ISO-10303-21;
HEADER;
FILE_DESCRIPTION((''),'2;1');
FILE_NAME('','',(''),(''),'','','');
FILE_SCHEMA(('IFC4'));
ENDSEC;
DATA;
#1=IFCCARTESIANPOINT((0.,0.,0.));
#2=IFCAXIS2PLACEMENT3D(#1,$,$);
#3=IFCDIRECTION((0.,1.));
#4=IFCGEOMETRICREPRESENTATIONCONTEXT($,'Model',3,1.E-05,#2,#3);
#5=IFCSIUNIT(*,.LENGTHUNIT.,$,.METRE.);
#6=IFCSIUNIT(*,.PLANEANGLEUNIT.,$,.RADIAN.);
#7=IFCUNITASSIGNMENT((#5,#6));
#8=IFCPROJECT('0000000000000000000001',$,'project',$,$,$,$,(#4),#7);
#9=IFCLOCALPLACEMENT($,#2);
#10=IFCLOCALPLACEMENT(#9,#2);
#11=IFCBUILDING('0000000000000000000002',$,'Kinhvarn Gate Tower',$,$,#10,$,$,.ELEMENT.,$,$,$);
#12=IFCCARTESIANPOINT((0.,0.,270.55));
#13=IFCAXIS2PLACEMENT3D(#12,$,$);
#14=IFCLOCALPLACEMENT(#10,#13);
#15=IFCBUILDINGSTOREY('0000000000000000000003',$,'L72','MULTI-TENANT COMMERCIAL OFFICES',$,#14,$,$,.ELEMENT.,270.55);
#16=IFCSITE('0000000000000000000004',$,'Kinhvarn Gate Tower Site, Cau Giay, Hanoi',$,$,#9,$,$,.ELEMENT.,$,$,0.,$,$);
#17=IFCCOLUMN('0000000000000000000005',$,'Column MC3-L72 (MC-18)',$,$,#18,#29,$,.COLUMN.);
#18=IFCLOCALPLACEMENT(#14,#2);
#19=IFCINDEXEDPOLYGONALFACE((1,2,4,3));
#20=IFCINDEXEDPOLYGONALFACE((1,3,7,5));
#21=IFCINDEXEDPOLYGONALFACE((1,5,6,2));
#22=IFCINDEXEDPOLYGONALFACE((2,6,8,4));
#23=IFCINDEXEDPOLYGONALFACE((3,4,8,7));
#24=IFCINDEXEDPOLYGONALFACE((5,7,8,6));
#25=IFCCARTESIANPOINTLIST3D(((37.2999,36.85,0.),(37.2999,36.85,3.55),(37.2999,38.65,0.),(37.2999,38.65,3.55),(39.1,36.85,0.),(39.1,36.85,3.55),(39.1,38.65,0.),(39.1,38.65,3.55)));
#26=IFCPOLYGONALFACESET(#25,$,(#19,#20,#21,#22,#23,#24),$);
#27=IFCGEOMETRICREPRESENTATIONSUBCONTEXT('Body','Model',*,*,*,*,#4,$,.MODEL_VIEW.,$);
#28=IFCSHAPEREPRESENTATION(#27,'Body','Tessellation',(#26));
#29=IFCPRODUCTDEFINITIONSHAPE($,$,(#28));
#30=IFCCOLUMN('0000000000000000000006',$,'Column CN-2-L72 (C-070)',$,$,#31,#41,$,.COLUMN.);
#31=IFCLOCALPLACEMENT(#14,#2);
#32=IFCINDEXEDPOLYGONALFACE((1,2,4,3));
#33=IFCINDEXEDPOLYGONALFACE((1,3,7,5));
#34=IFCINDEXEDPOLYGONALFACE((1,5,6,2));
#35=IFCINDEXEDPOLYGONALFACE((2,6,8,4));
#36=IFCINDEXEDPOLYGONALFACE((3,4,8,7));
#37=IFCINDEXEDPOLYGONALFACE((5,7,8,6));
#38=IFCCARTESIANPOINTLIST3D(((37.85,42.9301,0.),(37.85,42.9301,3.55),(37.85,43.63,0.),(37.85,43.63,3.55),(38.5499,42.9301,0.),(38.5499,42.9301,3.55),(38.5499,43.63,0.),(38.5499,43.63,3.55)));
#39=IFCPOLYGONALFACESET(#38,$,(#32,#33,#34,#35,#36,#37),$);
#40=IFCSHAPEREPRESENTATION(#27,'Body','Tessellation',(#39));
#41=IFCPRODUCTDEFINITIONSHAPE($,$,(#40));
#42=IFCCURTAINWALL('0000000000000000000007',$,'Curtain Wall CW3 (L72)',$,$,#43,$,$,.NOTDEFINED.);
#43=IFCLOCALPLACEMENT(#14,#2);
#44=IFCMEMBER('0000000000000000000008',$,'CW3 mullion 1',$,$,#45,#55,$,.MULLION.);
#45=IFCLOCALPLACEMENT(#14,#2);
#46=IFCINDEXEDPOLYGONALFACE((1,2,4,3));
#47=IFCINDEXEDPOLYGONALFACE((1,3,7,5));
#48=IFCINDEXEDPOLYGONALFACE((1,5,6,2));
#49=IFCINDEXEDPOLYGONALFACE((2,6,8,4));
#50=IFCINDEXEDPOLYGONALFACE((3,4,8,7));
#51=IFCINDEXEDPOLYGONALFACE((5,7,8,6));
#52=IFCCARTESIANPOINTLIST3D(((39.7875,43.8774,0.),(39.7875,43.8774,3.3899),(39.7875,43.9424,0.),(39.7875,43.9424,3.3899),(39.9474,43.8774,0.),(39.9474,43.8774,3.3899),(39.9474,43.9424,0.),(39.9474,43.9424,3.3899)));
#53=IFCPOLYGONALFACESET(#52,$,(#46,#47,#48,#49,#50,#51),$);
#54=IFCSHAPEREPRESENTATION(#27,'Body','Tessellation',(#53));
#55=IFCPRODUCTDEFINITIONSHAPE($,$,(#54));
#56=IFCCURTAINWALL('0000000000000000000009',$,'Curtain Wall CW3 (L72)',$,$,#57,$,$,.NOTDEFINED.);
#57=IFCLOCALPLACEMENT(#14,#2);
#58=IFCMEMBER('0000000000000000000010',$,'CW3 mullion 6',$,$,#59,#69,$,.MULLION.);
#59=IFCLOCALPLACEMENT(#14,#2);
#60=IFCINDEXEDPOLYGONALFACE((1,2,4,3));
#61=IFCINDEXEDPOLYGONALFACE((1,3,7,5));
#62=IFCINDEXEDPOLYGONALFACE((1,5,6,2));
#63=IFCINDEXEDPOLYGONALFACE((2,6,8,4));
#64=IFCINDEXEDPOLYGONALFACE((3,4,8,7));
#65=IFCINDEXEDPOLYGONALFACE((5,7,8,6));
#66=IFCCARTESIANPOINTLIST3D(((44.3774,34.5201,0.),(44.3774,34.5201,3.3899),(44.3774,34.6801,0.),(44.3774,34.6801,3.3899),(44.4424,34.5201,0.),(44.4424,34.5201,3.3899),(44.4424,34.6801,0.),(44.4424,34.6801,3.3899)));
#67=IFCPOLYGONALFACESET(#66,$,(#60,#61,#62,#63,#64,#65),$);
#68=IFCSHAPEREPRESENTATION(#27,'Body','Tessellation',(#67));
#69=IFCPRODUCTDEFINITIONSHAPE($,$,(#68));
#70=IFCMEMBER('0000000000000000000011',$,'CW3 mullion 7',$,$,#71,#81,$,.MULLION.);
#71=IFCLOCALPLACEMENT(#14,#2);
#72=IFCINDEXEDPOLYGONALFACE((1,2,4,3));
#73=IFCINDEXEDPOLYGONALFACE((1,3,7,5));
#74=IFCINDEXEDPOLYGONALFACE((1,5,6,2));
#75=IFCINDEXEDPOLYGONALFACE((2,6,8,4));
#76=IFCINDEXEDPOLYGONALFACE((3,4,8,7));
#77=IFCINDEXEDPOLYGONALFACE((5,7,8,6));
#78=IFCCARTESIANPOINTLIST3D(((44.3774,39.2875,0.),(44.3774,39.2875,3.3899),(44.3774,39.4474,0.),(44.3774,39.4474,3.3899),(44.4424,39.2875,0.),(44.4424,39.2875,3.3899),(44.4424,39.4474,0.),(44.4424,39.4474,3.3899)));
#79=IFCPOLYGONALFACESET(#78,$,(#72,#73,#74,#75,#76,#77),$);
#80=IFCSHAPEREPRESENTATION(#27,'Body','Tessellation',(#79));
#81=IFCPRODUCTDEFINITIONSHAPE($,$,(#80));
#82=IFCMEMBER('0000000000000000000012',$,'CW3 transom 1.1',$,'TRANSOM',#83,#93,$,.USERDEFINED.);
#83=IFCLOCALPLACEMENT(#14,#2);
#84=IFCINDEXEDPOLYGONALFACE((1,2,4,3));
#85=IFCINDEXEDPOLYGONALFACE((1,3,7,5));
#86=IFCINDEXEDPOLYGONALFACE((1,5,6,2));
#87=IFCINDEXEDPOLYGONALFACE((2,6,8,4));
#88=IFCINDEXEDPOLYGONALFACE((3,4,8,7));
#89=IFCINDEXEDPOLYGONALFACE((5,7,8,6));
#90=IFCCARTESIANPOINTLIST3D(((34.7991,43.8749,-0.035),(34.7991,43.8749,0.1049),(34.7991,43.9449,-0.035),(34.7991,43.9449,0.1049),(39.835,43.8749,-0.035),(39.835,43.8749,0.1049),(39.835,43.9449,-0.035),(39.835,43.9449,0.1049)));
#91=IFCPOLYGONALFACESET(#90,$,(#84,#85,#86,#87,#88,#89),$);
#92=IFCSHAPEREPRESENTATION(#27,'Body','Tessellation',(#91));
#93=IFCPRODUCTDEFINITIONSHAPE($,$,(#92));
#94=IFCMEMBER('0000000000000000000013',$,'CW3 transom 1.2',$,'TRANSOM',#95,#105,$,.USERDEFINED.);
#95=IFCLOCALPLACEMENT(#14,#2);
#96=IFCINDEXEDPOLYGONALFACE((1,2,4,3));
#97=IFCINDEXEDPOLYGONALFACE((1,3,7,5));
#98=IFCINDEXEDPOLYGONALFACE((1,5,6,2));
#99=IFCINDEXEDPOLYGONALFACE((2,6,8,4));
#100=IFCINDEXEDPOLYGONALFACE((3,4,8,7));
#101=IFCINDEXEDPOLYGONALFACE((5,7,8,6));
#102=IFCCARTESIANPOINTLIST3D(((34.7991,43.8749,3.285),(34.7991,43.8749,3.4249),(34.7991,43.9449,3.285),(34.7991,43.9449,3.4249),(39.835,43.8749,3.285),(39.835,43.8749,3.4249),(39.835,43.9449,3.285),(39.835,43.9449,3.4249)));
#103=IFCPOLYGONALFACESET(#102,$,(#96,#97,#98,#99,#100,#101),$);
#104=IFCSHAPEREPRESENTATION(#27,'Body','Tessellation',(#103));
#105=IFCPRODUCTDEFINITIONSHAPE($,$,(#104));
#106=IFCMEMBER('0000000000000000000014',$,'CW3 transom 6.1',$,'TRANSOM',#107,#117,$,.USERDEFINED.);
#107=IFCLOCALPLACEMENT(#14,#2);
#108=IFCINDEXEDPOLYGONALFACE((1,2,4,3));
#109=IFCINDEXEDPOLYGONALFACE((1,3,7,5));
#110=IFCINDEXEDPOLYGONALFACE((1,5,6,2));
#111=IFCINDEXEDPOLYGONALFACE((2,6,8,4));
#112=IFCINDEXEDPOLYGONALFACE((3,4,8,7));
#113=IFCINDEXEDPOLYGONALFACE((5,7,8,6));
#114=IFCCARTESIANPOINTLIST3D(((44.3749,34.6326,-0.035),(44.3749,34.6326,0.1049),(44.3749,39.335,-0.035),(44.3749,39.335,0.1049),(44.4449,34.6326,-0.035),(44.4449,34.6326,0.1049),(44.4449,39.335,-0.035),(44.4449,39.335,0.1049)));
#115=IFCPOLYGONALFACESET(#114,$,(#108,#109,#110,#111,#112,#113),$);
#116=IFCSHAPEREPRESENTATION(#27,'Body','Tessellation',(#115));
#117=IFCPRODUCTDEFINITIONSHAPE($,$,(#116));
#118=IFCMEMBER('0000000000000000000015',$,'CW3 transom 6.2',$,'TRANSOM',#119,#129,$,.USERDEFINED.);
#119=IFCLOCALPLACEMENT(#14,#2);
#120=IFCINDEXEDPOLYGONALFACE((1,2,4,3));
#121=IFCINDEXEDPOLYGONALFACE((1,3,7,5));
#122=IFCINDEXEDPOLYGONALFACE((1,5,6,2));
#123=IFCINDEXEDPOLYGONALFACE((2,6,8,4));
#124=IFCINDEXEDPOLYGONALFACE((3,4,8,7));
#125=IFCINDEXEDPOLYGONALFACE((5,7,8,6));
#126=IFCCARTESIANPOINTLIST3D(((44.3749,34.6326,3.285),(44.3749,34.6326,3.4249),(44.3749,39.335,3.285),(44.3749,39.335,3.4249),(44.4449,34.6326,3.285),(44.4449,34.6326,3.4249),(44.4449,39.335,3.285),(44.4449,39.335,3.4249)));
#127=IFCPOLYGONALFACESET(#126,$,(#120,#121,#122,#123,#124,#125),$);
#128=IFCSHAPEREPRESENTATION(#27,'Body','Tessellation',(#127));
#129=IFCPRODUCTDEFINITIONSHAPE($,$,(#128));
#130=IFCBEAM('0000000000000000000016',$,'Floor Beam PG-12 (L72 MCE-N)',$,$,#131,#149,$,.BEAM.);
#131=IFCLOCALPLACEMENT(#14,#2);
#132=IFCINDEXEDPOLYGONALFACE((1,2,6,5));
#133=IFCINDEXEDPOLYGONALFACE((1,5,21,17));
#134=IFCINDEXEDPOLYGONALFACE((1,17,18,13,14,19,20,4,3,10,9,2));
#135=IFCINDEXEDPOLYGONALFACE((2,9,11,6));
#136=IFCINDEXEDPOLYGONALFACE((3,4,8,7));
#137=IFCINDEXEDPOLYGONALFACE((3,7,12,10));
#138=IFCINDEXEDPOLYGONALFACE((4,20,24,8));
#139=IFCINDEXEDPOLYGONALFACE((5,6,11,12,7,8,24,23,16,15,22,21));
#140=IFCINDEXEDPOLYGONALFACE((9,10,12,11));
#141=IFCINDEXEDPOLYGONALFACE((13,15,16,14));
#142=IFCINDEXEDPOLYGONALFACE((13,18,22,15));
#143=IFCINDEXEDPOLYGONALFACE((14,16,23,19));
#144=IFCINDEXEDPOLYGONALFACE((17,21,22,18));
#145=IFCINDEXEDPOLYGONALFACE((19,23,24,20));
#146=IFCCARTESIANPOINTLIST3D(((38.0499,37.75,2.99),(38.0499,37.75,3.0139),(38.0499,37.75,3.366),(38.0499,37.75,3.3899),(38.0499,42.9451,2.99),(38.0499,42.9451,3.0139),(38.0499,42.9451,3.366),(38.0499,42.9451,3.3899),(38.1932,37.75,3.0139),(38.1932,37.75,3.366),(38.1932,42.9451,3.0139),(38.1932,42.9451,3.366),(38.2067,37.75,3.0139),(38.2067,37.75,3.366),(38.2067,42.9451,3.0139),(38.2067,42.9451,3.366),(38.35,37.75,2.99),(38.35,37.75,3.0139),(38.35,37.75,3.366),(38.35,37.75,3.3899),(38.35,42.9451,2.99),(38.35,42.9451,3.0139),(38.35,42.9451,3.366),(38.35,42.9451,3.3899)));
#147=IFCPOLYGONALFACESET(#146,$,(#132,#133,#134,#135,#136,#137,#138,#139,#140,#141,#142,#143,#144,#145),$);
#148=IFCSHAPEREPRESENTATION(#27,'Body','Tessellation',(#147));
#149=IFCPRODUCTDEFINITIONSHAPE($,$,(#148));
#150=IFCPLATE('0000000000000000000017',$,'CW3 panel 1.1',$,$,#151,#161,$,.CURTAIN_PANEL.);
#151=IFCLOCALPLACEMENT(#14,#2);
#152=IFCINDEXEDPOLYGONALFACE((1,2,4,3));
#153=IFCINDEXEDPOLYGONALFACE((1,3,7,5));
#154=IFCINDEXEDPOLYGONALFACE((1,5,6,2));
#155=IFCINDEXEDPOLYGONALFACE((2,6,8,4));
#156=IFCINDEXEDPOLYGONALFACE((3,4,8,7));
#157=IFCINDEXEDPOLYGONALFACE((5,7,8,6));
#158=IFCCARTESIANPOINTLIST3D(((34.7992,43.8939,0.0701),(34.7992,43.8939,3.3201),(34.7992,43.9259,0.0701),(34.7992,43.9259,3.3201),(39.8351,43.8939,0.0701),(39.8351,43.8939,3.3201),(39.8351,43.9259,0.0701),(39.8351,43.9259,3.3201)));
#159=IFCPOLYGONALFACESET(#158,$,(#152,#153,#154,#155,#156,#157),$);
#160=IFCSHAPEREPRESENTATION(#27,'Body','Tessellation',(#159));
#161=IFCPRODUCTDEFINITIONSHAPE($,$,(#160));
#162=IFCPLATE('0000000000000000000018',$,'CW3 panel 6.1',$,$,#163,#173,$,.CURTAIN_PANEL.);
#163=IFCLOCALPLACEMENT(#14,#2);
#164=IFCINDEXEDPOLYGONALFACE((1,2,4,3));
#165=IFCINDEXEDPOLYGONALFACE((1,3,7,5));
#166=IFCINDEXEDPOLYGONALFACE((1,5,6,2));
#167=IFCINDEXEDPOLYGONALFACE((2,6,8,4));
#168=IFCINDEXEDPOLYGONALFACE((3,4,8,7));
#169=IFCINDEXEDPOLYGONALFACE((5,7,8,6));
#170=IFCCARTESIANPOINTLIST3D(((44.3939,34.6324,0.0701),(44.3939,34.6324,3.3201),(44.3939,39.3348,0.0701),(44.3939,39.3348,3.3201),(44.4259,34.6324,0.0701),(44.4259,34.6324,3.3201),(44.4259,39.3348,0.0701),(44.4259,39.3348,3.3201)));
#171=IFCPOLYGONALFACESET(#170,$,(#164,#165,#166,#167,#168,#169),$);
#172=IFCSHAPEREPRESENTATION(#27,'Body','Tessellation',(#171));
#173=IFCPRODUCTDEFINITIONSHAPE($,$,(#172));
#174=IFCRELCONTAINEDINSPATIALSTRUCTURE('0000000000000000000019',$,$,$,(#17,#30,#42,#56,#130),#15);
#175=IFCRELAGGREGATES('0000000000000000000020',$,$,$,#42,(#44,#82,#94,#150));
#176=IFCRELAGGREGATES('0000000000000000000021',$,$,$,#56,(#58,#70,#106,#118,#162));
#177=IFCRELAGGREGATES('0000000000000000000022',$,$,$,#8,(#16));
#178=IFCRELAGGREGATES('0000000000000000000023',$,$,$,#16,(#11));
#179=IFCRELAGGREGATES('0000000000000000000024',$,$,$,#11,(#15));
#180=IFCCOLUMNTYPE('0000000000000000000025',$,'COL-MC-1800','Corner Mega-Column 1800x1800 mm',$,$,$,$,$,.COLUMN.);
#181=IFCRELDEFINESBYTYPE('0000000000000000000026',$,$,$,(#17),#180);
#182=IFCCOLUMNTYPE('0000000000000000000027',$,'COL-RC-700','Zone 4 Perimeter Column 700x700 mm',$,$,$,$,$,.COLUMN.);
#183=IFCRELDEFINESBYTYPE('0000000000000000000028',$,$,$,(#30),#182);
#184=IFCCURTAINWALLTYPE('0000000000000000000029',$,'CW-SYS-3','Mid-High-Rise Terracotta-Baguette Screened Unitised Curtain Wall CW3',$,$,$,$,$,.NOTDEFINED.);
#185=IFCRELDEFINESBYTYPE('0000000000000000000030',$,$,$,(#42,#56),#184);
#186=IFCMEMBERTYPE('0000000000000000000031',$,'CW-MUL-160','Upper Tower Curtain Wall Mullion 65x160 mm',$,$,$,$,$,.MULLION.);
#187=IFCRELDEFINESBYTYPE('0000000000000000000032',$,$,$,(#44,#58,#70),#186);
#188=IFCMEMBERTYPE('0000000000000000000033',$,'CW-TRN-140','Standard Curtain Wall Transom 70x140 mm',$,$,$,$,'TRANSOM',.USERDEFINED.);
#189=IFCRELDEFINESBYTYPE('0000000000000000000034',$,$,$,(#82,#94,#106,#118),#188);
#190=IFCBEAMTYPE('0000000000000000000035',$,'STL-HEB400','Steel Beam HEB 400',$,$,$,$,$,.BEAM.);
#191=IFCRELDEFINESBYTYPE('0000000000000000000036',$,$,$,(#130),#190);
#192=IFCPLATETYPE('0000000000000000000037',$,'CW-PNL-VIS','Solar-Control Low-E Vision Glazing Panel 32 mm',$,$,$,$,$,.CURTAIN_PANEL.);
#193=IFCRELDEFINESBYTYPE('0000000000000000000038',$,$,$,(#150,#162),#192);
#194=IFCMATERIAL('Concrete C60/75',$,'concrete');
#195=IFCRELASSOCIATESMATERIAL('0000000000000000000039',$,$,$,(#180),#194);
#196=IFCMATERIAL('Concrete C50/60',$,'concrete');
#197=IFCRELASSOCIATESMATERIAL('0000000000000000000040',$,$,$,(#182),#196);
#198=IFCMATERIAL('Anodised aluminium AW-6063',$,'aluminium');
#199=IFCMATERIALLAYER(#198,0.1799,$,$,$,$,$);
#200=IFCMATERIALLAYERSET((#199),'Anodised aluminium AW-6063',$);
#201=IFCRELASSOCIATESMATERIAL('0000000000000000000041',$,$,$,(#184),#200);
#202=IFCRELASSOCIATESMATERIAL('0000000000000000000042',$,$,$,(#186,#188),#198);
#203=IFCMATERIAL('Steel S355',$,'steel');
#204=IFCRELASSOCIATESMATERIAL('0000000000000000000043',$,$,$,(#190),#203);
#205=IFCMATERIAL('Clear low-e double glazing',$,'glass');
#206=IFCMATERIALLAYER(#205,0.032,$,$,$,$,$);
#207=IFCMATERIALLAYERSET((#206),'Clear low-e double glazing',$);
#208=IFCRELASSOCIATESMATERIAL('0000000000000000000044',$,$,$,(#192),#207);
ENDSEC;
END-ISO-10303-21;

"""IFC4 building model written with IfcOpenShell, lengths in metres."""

from ifc_helpers import new_model, si_unit, direction, frame, origin, origin_2d, place, context, subcontext, project, spatial, rectangle, i_section, extrude, material, layer, layer_set, material_profile, profile_set, type_object, element, aggregate, save


model = new_model("IFC4")

# Units and contexts
model_context = context("Model", 3, precision=1e-05, world=origin(), true_north=direction((0.0, 1.0)))
body_context = subcontext(model_context, "Body", "Model", "MODEL_VIEW")
ifc_project = project(units=[si_unit("LENGTHUNIT", "METRE"), si_unit("PLANEANGLEUNIT", "RADIAN")], contexts=[model_context])

# Site, building, storey
site_placement = place(None, origin())
site = spatial("IfcSite", under=ifc_project, at=site_placement, Name="Kinhvarn Gate Tower Site, Cau Giay, Hanoi", CompositionType="ELEMENT", RefElevation=0.0)
building_placement = place(site_placement, origin())
building = spatial("IfcBuilding", under=site, at=building_placement, Name="Kinhvarn Gate Tower", CompositionType="ELEMENT")
storey_placement = place(building_placement, frame((0.0, 0.0, 270.55)))
storey = spatial("IfcBuildingStorey", under=building, at=storey_placement, Name="L72", Description="MULTI-TENANT COMMERCIAL OFFICES", CompositionType="ELEMENT", Elevation=270.55)

# Columns
ifc_material_1 = material(Name="Concrete C60/75", Category="concrete")
ifc_material_profile_1 = material_profile(ifc_material_1, rectangle(XDim=1.8, YDim=1.8, at=origin_2d()), Name="RC 1800x1800")
ifc_profile_set_1 = profile_set([ifc_material_profile_1], Name="Concrete C60/75")
column_type_1 = type_object("IfcColumnType", Name="COL-MC-1800", Description="Corner Mega-Column 1800x1800 mm", PredefinedType="COLUMN", material=ifc_profile_set_1)
column_1_placement = place(storey_placement, frame((38.2, 37.75, 0.0), z_axis=(0.0, 0.0, 1.0), x_axis=(1.0, 0.0, 0.0)))
element("IfcColumn", 1, at=column_1_placement, inside=storey, type_object=column_type_1, Name="Column MC3-L72 (MC-18)", PredefinedType="COLUMN", context=body_context, shape_type="SweptSolid", body=[
    extrude(rectangle(XDim=1.8, YDim=1.8, at=origin_2d()), origin(), (0.0, 0.0, 1.0), 3.55),
])
ifc_material_2 = material(Name="Concrete C50/60", Category="concrete")
ifc_material_profile_2 = material_profile(ifc_material_2, rectangle(XDim=0.7, YDim=0.7, at=origin_2d()), Name="RC 700x700")
ifc_profile_set_2 = profile_set([ifc_material_profile_2], Name="Concrete C50/60")
column_type_2 = type_object("IfcColumnType", Name="COL-RC-700", Description="Zone 4 Perimeter Column 700x700 mm", PredefinedType="COLUMN", material=ifc_profile_set_2)
column_2_placement = place(storey_placement, frame((38.2, 43.28, 0.0), z_axis=(0.0, 0.0, 1.0), x_axis=(1.0, 0.0, 0.0)))
element("IfcColumn", 2, at=column_2_placement, inside=storey, type_object=column_type_2, Name="Column CN-2-L72 (C-070)", PredefinedType="COLUMN", context=body_context, shape_type="SweptSolid", body=[
    extrude(rectangle(XDim=0.7, YDim=0.7, at=origin_2d()), origin(), (0.0, 0.0, 1.0), 3.55),
])

# Curtain wall, member
ifc_material_3 = material(Name="Anodised aluminium AW-6063", Category="aluminium")
ifc_layer_1 = layer(ifc_material_3, 0.1799)
ifc_layer_set_1 = layer_set([ifc_layer_1], Name="Anodised aluminium AW-6063")
curtain_wall_type = type_object("IfcCurtainWallType", Name="CW-SYS-3", Description="Mid-High-Rise Terracotta-Baguette Screened Unitised Curtain Wall CW3", PredefinedType="NOTDEFINED", material=ifc_layer_set_1)
curtain_wall_1_placement = place(storey_placement, origin())
curtain_wall_1 = element("IfcCurtainWall", 3, at=curtain_wall_1_placement, inside=storey, type_object=curtain_wall_type, Name="Curtain Wall CW3 (L72)", PredefinedType="NOTDEFINED")
ifc_material_profile_3 = material_profile(ifc_material_3, rectangle(XDim=0.0649, YDim=0.1599, at=origin_2d()), Name="ALU 65x160")
ifc_profile_set_3 = profile_set([ifc_material_profile_3], Name="Anodised aluminium AW-6063")
member_type_1 = type_object("IfcMemberType", Name="CW-MUL-160", Description="Upper Tower Curtain Wall Mullion 65x160 mm", PredefinedType="MULLION", material=ifc_profile_set_3)
member_1_placement = place(storey_placement, frame((39.8674, 43.9099, 0.0), z_axis=(0.0, 0.0, 1.0), x_axis=(0.0, -1.0, 0.0)))
member_1 = element("IfcMember", 4, at=member_1_placement, type_object=member_type_1, Name="CW3 mullion 1", PredefinedType="MULLION", context=body_context, shape_type="SweptSolid", body=[
    extrude(rectangle(XDim=0.0649, YDim=0.1599, at=origin_2d()), origin(), (0.0, 0.0, 1.0), 3.3899),
])

# Curtain wall, members
curtain_wall_2_placement = place(storey_placement, origin())
curtain_wall_2 = element("IfcCurtainWall", 5, at=curtain_wall_2_placement, inside=storey, type_object=curtain_wall_type, Name="Curtain Wall CW3 (L72)", PredefinedType="NOTDEFINED")
member_2_placement = place(storey_placement, frame((44.4099, 34.6001, 0.0), z_axis=(0.0, 0.0, 1.0), x_axis=(-1.0, 0.0, 0.0)))
member_2 = element("IfcMember", 6, at=member_2_placement, type_object=member_type_1, Name="CW3 mullion 6", PredefinedType="MULLION", context=body_context, shape_type="SweptSolid", body=[
    extrude(rectangle(XDim=0.0649, YDim=0.1599, at=origin_2d()), origin(), (0.0, 0.0, 1.0), 3.3899),
])
member_3_placement = place(storey_placement, frame((44.4099, 39.3674, 0.0), z_axis=(0.0, 0.0, 1.0), x_axis=(-1.0, 0.0, 0.0)))
member_3 = element("IfcMember", 7, at=member_3_placement, type_object=member_type_1, Name="CW3 mullion 7", PredefinedType="MULLION", context=body_context, shape_type="SweptSolid", body=[
    extrude(rectangle(XDim=0.0649, YDim=0.1599, at=origin_2d()), origin(), (0.0, 0.0, 1.0), 3.3899),
])

# Members
ifc_material_profile_4 = material_profile(ifc_material_3, rectangle(XDim=0.0701, YDim=0.1399, at=origin_2d()), Name="ALU 70x140")
ifc_profile_set_4 = profile_set([ifc_material_profile_4], Name="Anodised aluminium AW-6063")
member_type_2 = type_object("IfcMemberType", Name="CW-TRN-140", Description="Standard Curtain Wall Transom 70x140 mm", ElementType="TRANSOM", PredefinedType="USERDEFINED", material=ifc_profile_set_4)
member_4_placement = place(storey_placement, frame((39.835, 43.9099, 0.0349), z_axis=(-1.0, 0.0, 0.0), x_axis=(0.0, -1.0, 0.0)))
member_4 = element("IfcMember", 8, at=member_4_placement, type_object=member_type_2, Name="CW3 transom 1.1", ObjectType="TRANSOM", PredefinedType="USERDEFINED", context=body_context, shape_type="SweptSolid", body=[
    extrude(rectangle(XDim=0.0701, YDim=0.1399, at=origin_2d()), origin(), (0.0, 0.0, 1.0), 5.0359),
])
member_5_placement = place(storey_placement, frame((39.835, 43.9099, 3.355), z_axis=(-1.0, 0.0, 0.0), x_axis=(0.0, -1.0, 0.0)))
member_5 = element("IfcMember", 9, at=member_5_placement, type_object=member_type_2, Name="CW3 transom 1.2", ObjectType="TRANSOM", PredefinedType="USERDEFINED", context=body_context, shape_type="SweptSolid", body=[
    extrude(rectangle(XDim=0.0701, YDim=0.1399, at=origin_2d()), origin(), (0.0, 0.0, 1.0), 5.0359),
])
member_6_placement = place(storey_placement, frame((44.4099, 34.6326, 0.0349), z_axis=(0.0, 1.0, 0.0), x_axis=(-1.0, 0.0, 0.0)))
member_6 = element("IfcMember", 10, at=member_6_placement, type_object=member_type_2, Name="CW3 transom 6.1", ObjectType="TRANSOM", PredefinedType="USERDEFINED", context=body_context, shape_type="SweptSolid", body=[
    extrude(rectangle(XDim=0.0701, YDim=0.1399, at=origin_2d()), origin(), (0.0, 0.0, 1.0), 4.7024),
])
member_7_placement = place(storey_placement, frame((44.4099, 34.6326, 3.355), z_axis=(0.0, 1.0, 0.0), x_axis=(-1.0, 0.0, 0.0)))
member_7 = element("IfcMember", 11, at=member_7_placement, type_object=member_type_2, Name="CW3 transom 6.2", ObjectType="TRANSOM", PredefinedType="USERDEFINED", context=body_context, shape_type="SweptSolid", body=[
    extrude(rectangle(XDim=0.0701, YDim=0.1399, at=origin_2d()), origin(), (0.0, 0.0, 1.0), 4.7024),
])

# Beam
ifc_material_4 = material(Name="Steel S355", Category="steel")
ifc_material_profile_5 = material_profile(ifc_material_4, i_section(OverallWidth=0.3, OverallDepth=0.3999, WebThickness=0.0134, FlangeThickness=0.0239, at=origin_2d()), Name="HEB 400")
ifc_profile_set_5 = profile_set([ifc_material_profile_5], Name="Steel S355")
beam_type = type_object("IfcBeamType", Name="STL-HEB400", Description="Steel Beam HEB 400", PredefinedType="BEAM", material=ifc_profile_set_5)
beam_placement = place(storey_placement, frame((38.2, 37.75, 3.1899), z_axis=(0.0, 1.0, 0.0), x_axis=(-1.0, 0.0, 0.0)))
element("IfcBeam", 12, at=beam_placement, inside=storey, type_object=beam_type, Name="Floor Beam PG-12 (L72 MCE-N)", PredefinedType="BEAM", context=body_context, shape_type="SweptSolid", body=[
    extrude(i_section(OverallWidth=0.3, OverallDepth=0.3999, WebThickness=0.0134, FlangeThickness=0.0239, at=origin_2d()), origin(), (0.0, 0.0, 1.0), 5.1951),
])

# Plates
ifc_material_5 = material(Name="Clear low-e double glazing", Category="glass")
ifc_layer_2 = layer(ifc_material_5, 0.032)
ifc_layer_set_2 = layer_set([ifc_layer_2], Name="Clear low-e double glazing")
plate_type = type_object("IfcPlateType", Name="CW-PNL-VIS", Description="Solar-Control Low-E Vision Glazing Panel 32 mm", PredefinedType="CURTAIN_PANEL", material=ifc_layer_set_2)
plate_1_placement = place(storey_placement, frame((37.3171, 43.9099, 0.0701), z_axis=(0.0, 0.0, 1.0), x_axis=(-1.0, 0.0, 0.0)))
plate_1 = element("IfcPlate", 13, at=plate_1_placement, type_object=plate_type, Name="CW3 panel 1.1", PredefinedType="CURTAIN_PANEL", context=body_context, shape_type="SweptSolid", body=[
    extrude(rectangle(XDim=5.0359, YDim=0.032, at=origin_2d()), origin(), (0.0, 0.0, 1.0), 3.25),
])
aggregate(curtain_wall_1, [member_1, member_4, member_5, plate_1])
plate_2_placement = place(storey_placement, frame((44.4099, 36.9836, 0.0701), z_axis=(0.0, 0.0, 1.0), x_axis=(0.0, 1.0, 0.0)))
plate_2 = element("IfcPlate", 14, at=plate_2_placement, type_object=plate_type, Name="CW3 panel 6.1", PredefinedType="CURTAIN_PANEL", context=body_context, shape_type="SweptSolid", body=[
    extrude(rectangle(XDim=4.7024, YDim=0.032, at=origin_2d()), origin(), (0.0, 0.0, 1.0), 3.25),
])
aggregate(curtain_wall_2, [member_2, member_3, member_6, member_7, plate_2])

save(model, "model.ifc")
